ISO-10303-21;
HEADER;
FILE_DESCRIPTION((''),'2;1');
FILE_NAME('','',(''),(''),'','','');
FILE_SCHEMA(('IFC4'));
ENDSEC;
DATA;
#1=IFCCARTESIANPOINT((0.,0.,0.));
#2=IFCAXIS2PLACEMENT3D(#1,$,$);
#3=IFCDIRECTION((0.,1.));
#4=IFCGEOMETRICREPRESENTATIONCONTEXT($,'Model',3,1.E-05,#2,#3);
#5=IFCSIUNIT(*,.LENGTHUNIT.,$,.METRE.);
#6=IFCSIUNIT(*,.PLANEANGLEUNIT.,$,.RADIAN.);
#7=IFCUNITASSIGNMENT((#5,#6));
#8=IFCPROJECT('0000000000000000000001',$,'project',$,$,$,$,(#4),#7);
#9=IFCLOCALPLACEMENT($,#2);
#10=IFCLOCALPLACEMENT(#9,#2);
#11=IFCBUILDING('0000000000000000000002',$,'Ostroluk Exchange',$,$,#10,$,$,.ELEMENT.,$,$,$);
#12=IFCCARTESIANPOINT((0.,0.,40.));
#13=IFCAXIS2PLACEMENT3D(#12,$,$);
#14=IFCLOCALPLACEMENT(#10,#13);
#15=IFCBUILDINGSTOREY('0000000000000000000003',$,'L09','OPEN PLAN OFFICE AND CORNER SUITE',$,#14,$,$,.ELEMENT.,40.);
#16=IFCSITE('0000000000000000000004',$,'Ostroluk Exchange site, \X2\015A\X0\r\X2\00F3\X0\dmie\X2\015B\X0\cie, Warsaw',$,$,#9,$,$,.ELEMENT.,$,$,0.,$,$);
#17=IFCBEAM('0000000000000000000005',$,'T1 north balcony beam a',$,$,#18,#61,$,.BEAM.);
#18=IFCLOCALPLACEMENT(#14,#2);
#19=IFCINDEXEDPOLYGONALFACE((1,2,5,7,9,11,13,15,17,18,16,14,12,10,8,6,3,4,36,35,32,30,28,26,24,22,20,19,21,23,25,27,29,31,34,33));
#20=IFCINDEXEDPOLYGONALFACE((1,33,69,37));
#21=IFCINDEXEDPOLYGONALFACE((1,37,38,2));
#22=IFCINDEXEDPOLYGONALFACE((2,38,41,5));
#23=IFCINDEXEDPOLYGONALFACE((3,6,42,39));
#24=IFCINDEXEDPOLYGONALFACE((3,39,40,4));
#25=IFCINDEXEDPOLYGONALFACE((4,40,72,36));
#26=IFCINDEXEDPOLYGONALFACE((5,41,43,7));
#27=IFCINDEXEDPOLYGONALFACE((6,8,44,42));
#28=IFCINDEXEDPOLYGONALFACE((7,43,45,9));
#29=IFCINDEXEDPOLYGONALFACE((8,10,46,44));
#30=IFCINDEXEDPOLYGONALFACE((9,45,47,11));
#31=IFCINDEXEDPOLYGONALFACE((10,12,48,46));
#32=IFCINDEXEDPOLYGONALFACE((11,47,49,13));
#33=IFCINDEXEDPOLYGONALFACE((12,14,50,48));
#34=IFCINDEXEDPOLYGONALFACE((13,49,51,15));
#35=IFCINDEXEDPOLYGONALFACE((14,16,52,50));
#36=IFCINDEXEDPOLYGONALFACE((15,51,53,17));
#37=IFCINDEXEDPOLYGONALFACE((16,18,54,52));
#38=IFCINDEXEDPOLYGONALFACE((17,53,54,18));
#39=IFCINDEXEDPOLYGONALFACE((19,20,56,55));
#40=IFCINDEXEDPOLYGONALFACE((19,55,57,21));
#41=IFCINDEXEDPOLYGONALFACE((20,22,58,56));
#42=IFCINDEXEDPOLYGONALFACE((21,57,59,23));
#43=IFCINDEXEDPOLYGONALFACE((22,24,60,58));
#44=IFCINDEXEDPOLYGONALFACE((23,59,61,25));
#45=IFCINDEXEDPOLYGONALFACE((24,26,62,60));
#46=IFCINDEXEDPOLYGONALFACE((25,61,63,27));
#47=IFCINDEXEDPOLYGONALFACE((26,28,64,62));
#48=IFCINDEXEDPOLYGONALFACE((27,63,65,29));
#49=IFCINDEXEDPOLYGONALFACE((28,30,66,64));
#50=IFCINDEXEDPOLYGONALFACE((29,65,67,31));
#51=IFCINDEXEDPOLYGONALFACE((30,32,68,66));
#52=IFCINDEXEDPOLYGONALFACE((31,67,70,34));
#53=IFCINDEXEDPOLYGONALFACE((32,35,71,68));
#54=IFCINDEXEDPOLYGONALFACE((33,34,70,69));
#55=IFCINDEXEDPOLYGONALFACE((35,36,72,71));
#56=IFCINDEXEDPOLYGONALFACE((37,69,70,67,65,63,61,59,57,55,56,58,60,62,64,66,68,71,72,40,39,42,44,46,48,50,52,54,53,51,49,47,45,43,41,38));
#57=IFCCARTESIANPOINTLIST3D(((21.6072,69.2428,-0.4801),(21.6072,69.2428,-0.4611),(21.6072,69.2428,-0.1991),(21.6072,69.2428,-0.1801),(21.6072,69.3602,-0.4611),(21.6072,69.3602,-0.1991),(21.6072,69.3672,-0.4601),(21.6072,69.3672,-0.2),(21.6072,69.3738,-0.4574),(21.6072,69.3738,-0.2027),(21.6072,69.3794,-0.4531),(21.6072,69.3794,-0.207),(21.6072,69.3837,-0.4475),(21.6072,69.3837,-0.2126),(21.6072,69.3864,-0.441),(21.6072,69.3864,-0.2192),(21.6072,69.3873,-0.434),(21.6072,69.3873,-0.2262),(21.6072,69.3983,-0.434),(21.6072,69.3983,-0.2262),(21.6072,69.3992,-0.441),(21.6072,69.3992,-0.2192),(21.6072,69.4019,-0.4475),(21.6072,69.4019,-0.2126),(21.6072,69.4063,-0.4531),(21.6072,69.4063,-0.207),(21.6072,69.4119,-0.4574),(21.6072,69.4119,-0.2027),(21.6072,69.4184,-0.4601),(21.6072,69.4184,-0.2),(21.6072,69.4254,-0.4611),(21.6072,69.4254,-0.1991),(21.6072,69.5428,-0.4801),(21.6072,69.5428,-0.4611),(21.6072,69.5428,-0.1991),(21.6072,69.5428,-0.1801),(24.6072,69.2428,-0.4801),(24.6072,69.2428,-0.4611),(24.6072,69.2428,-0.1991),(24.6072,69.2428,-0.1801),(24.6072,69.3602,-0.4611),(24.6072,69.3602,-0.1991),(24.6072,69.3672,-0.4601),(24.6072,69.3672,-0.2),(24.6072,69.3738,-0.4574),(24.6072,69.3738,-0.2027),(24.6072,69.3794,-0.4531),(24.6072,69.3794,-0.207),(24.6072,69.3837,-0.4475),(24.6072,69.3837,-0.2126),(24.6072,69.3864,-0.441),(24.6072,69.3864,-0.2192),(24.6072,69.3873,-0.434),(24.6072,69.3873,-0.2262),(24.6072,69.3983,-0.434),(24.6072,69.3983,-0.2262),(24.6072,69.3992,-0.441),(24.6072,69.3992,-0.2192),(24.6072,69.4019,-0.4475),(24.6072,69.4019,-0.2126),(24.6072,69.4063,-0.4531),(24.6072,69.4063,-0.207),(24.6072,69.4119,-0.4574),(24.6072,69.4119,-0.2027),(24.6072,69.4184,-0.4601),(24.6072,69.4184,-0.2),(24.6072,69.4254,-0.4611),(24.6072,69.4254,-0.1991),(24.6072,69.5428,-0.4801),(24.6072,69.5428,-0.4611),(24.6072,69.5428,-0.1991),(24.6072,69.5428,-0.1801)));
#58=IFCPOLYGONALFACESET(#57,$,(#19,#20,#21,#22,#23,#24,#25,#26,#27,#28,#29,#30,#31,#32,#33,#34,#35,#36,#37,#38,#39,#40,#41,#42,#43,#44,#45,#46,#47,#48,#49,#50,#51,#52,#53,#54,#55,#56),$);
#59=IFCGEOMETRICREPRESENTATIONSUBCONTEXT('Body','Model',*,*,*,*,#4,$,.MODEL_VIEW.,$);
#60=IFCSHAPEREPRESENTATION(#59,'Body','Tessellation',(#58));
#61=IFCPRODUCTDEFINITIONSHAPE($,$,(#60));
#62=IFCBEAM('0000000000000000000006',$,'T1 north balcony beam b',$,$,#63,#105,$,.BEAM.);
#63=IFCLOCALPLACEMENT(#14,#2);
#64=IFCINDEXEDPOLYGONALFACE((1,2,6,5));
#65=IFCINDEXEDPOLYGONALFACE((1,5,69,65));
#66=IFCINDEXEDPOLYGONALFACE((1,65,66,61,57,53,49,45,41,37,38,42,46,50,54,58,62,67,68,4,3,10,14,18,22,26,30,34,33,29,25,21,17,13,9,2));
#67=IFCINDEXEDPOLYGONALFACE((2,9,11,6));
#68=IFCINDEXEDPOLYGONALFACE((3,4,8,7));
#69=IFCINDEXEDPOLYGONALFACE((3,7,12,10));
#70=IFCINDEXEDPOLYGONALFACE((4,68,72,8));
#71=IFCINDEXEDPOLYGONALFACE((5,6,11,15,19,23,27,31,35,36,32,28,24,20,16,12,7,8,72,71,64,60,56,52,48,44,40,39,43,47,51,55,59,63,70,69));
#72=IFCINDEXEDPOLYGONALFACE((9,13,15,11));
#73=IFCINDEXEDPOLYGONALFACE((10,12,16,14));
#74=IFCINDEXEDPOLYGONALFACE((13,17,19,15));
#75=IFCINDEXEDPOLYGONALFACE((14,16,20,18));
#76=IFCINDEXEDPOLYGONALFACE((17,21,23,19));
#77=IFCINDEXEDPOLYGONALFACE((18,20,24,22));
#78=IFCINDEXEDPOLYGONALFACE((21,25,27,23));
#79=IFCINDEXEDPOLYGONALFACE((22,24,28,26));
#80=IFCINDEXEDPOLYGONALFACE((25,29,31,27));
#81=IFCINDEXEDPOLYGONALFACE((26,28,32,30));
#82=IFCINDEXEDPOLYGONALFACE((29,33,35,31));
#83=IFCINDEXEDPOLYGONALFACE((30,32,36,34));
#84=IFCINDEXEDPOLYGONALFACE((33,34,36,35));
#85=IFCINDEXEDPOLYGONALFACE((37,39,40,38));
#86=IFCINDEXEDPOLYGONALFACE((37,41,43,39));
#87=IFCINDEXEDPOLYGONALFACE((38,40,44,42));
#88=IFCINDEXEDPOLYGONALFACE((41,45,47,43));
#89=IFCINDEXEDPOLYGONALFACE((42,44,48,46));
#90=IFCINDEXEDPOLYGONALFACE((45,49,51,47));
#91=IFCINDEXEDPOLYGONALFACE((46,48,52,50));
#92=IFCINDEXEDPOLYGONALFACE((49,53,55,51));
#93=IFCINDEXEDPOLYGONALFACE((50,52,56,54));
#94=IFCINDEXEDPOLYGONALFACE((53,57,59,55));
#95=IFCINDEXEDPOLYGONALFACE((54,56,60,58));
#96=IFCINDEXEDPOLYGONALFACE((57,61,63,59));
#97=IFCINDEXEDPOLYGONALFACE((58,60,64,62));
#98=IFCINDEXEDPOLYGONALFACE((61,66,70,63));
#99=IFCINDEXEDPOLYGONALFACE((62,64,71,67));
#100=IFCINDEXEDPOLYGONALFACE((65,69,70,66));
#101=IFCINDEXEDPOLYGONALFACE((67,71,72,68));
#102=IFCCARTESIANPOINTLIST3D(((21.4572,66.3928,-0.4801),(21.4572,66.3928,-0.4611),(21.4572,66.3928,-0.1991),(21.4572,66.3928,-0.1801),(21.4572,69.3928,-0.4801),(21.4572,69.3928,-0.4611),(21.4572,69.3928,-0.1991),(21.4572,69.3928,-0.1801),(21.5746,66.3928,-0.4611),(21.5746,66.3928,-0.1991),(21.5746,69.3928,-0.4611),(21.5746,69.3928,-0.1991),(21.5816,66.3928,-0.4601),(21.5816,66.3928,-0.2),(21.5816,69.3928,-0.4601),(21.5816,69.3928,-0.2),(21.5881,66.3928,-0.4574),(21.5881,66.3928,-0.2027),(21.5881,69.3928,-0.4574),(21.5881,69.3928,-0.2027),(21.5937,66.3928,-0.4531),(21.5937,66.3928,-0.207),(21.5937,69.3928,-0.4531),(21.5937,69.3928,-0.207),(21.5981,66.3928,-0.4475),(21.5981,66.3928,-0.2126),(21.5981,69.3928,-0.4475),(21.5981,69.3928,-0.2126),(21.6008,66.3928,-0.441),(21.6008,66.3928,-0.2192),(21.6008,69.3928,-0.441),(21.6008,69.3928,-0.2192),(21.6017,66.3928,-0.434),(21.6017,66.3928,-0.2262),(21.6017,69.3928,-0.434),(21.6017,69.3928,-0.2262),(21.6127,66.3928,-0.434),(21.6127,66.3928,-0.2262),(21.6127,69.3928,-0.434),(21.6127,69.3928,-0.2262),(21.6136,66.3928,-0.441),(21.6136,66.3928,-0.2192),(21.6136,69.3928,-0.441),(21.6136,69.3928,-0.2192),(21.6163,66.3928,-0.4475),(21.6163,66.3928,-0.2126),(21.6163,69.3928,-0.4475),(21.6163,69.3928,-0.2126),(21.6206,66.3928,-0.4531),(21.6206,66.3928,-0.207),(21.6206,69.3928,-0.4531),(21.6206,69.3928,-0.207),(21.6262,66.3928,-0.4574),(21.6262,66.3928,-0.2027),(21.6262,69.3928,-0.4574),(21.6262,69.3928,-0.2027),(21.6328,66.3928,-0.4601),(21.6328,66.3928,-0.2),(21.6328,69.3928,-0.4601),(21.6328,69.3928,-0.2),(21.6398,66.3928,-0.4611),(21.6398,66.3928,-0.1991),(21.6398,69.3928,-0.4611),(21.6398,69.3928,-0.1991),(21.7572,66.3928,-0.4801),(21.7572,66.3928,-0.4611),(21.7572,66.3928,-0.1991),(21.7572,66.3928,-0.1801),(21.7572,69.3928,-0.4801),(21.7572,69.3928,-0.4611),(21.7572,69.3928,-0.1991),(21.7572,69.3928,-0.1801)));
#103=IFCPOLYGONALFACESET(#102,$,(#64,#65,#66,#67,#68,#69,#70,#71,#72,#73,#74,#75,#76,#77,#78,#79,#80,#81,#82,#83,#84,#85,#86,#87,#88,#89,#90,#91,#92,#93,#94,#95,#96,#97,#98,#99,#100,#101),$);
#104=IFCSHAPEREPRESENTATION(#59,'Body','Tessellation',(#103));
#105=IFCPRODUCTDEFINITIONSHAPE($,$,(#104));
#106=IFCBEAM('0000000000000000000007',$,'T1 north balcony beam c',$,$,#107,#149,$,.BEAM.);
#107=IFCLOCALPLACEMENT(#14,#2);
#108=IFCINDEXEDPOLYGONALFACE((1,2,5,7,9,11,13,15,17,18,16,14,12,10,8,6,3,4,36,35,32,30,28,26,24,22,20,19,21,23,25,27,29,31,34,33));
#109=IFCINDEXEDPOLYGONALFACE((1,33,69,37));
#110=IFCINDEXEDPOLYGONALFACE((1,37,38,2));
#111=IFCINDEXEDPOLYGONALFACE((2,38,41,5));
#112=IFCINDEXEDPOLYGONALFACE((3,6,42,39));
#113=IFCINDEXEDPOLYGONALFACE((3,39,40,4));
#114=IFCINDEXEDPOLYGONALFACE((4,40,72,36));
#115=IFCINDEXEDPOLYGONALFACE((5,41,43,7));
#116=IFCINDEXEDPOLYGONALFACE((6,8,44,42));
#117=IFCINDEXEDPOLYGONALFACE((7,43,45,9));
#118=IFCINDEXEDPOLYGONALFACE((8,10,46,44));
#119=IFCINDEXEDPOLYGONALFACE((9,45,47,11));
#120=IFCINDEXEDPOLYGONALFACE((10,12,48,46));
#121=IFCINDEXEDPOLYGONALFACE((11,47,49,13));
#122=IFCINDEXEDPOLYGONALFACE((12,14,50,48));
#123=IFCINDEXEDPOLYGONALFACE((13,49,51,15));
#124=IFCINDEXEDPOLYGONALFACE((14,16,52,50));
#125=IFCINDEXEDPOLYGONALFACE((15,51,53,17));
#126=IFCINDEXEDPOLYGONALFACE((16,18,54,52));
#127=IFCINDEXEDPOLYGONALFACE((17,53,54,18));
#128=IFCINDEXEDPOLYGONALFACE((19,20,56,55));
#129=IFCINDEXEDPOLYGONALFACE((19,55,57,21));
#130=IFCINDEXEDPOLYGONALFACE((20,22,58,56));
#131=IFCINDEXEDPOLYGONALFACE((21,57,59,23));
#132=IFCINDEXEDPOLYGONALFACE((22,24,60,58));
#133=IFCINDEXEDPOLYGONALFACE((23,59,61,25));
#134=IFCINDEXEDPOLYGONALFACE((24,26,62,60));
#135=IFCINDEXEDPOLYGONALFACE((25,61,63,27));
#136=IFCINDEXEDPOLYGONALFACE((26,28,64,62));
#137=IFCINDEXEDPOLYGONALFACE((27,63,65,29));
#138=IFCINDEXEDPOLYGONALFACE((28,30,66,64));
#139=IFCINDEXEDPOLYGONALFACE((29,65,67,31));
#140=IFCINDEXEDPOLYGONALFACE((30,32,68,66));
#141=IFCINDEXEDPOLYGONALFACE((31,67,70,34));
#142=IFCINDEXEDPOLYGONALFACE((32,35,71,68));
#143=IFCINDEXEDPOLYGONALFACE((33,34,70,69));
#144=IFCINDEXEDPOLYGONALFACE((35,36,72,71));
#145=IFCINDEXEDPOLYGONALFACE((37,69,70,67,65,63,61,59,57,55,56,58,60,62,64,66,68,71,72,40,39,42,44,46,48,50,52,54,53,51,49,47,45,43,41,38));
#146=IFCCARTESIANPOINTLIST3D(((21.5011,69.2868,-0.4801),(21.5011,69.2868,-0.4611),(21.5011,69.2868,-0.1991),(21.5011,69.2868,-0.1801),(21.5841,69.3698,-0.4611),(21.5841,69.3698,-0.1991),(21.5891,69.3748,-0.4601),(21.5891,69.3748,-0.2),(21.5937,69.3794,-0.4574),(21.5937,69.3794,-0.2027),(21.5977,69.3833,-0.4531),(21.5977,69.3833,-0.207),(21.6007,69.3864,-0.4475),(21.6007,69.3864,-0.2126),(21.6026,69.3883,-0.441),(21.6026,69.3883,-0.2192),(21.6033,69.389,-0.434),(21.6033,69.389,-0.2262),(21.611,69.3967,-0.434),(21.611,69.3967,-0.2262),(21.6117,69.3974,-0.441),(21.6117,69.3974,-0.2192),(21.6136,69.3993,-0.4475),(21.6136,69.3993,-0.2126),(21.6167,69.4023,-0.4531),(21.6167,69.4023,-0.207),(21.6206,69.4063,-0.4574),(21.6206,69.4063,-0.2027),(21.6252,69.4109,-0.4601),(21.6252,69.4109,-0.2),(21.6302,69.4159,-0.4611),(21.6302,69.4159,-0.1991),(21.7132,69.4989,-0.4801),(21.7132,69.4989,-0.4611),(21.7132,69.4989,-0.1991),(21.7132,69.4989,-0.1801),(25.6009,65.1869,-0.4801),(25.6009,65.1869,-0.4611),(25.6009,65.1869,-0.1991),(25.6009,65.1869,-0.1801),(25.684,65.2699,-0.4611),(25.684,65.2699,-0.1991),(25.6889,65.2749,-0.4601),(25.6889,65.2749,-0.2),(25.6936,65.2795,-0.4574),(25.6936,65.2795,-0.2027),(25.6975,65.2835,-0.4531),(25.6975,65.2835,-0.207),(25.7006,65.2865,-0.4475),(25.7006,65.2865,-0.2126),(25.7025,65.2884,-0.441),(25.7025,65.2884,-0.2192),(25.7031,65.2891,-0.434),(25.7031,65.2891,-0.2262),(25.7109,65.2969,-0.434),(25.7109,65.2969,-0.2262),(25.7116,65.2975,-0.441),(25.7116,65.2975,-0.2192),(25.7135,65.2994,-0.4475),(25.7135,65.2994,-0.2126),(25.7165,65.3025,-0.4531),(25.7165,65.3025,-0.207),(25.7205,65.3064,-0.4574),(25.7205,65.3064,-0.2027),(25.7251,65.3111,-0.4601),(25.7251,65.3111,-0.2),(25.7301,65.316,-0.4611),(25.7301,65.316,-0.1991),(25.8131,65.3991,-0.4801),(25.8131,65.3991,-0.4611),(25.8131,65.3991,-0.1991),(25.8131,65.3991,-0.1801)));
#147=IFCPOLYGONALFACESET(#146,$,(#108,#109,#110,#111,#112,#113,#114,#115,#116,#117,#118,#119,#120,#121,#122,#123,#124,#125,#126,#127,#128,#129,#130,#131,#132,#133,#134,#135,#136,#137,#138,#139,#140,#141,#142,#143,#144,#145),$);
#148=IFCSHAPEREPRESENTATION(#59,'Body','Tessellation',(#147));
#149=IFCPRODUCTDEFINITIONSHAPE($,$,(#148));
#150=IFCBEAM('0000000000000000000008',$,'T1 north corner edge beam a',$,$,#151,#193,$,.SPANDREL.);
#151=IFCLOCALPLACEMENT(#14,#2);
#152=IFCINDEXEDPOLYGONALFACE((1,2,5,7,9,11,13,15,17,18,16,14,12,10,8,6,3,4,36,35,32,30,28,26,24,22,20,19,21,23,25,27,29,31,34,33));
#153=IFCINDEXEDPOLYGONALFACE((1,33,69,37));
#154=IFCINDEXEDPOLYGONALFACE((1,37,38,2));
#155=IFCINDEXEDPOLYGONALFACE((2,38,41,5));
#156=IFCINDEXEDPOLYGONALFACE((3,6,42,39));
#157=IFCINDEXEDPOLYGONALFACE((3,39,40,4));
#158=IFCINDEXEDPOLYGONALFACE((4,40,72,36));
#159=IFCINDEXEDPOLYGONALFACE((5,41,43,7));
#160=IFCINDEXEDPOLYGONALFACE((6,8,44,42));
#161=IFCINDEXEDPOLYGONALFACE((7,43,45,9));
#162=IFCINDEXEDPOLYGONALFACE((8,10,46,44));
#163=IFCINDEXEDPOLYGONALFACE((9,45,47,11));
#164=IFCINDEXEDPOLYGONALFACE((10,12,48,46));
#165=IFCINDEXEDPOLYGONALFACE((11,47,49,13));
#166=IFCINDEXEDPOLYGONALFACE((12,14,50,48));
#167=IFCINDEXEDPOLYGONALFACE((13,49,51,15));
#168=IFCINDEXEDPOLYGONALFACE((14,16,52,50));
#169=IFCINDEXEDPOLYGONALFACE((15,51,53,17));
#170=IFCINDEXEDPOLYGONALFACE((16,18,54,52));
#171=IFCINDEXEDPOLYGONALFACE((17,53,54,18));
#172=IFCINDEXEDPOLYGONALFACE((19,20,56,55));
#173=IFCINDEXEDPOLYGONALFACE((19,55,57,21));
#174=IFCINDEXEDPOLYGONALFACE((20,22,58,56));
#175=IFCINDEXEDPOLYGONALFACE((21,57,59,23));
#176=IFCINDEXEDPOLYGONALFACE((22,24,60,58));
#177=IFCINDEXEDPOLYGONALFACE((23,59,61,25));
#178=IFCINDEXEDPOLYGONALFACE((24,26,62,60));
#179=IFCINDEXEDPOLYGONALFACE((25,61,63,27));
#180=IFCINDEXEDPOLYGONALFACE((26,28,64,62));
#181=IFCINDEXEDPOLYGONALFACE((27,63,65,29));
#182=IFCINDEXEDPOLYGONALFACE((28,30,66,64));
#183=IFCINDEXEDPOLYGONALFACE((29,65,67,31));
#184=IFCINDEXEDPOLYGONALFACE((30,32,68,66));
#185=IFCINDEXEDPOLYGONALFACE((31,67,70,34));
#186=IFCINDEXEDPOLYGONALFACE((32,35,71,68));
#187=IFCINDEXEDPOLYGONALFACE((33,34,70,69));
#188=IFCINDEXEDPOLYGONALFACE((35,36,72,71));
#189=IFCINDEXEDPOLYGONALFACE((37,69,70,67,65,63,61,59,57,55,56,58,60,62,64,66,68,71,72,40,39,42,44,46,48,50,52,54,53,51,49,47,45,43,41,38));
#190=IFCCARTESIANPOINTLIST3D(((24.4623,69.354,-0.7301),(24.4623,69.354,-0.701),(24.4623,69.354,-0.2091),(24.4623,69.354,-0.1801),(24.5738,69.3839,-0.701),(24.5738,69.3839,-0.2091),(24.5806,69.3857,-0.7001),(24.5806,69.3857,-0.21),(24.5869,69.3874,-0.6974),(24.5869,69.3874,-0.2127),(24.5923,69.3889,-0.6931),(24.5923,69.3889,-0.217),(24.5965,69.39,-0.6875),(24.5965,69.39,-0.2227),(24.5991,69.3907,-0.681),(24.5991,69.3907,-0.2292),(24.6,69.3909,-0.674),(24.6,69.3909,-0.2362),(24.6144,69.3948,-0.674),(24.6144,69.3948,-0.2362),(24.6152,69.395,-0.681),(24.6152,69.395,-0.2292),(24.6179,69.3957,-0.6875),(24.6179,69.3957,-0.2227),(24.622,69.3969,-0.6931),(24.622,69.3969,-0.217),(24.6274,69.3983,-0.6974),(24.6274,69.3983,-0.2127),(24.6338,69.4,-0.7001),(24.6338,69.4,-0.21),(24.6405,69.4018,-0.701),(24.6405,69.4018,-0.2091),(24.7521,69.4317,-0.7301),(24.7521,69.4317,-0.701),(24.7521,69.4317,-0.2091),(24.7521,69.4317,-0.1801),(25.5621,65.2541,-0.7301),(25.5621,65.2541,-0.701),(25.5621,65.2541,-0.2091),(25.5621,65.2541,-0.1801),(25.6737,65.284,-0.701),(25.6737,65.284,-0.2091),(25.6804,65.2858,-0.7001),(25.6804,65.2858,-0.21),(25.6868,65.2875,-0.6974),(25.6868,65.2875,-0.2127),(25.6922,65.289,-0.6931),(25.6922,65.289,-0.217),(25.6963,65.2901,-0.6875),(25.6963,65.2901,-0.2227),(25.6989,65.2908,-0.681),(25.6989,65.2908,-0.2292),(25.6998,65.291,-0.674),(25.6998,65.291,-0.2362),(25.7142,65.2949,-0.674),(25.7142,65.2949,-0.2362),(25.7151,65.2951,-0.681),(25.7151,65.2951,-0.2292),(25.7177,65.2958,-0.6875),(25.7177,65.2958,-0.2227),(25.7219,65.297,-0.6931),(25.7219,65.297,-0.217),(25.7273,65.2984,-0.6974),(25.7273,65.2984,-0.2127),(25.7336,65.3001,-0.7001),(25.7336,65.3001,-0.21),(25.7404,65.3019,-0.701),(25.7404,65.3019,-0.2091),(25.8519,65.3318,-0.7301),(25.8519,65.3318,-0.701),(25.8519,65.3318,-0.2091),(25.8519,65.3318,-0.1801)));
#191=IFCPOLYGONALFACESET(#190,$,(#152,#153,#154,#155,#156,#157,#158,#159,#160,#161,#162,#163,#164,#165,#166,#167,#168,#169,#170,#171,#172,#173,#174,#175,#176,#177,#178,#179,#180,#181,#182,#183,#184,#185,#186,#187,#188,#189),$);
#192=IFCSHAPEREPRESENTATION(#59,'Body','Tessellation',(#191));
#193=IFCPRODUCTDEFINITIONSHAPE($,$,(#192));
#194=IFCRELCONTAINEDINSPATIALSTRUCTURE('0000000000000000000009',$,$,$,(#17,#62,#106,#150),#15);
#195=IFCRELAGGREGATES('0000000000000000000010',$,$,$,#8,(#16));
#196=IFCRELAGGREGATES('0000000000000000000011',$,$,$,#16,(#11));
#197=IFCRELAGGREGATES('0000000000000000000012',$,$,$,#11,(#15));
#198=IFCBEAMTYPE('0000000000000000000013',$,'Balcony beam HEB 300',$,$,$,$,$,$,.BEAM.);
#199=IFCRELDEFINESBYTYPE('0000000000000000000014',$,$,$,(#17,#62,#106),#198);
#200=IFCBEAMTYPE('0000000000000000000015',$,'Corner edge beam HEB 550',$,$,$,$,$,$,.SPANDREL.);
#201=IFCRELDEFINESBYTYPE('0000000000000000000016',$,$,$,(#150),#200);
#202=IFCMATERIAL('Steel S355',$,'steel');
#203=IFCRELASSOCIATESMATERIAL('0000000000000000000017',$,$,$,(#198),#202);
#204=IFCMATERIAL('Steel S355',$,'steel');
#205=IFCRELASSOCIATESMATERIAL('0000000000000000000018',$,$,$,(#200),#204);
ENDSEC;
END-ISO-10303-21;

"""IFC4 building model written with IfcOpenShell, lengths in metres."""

from ifc_helpers import new_model, si_unit, direction, frame, origin, origin_2d, place, context, subcontext, project, spatial, i_section, extrude, material, material_profile, profile_set, type_object, element, save


model = new_model("IFC4")

# Units and contexts
model_context = context("Model", 3, precision=1e-05, world=origin(), true_north=direction((0.0, 1.0)))
body_context = subcontext(model_context, "Body", "Model", "MODEL_VIEW")
ifc_project = project(units=[si_unit("LENGTHUNIT", "METRE"), si_unit("PLANEANGLEUNIT", "RADIAN")], contexts=[model_context])

# Site, building, storey
site_placement = place(None, origin())
site = spatial("IfcSite", under=ifc_project, at=site_placement, Name="Ostroluk Exchange site, Śródmieście, Warsaw", CompositionType="ELEMENT", RefElevation=0.0)
building_placement = place(site_placement, origin())
building = spatial("IfcBuilding", under=site, at=building_placement, Name="Ostroluk Exchange", CompositionType="ELEMENT")
storey_placement = place(building_placement, frame((0.0, 0.0, 40.0)))
storey = spatial("IfcBuildingStorey", under=building, at=storey_placement, Name="L09", Description="OPEN PLAN OFFICE AND CORNER SUITE", CompositionType="ELEMENT", Elevation=40.0)

# Beams
ifc_material_1 = material(Name="Steel S355", Category="steel")
ifc_material_profile_1 = material_profile(ifc_material_1, i_section(OverallWidth=0.3, OverallDepth=0.3, WebThickness=0.011, FlangeThickness=0.019, FilletRadius=0.0271, at=origin_2d()), Name="HEB 300")
ifc_profile_set_1 = profile_set([ifc_material_profile_1], Name="Steel S355")
beam_type_1 = type_object("IfcBeamType", Name="Balcony beam HEB 300", PredefinedType="BEAM", material=ifc_profile_set_1)
for number, where, z_axis, x_axis, name in (
    (1, (24.6072, 69.3928, -0.3301), (-1.0, 0.0, 0.0), (0.0, -1.0, 0.0), "T1 north balcony beam a"),
    (2, (21.6072, 66.3928, -0.3301), (0.0, 1.0, 0.0), (-1.0, 0.0, 0.0), "T1 north balcony beam b"),
):
    element("IfcBeam", number, at=place(storey_placement, frame(where, z_axis=z_axis, x_axis=x_axis)), inside=storey, type_object=beam_type_1, Name=name, PredefinedType="BEAM", context=body_context, shape_type="SweptSolid", body=[
        extrude(i_section(OverallWidth=0.3, OverallDepth=0.3, WebThickness=0.011, FlangeThickness=0.019, FilletRadius=0.0271, at=origin_2d()), origin(), (0.0, 0.0, 1.0), 3.0),
    ])
beam_1_placement = place(storey_placement, frame((25.707, 65.293, -0.3301), z_axis=(-0.707107, 0.707107, 0.0), x_axis=(-0.707107, -0.707107, 0.0)))
element("IfcBeam", 3, at=beam_1_placement, inside=storey, type_object=beam_type_1, Name="T1 north balcony beam c", PredefinedType="BEAM", context=body_context, shape_type="SweptSolid", body=[
    extrude(i_section(OverallWidth=0.3, OverallDepth=0.3, WebThickness=0.011, FlangeThickness=0.019, FilletRadius=0.0271, at=origin_2d()), origin(), (0.0, 0.0, 1.0), 5.7981),
])
ifc_material_2 = material(Name="Steel S355", Category="steel")
ifc_material_profile_2 = material_profile(ifc_material_2, i_section(OverallWidth=0.3, OverallDepth=0.55, WebThickness=0.0149, FlangeThickness=0.0291, FilletRadius=0.0271, at=origin_2d()), Name="HEB 550")
ifc_profile_set_2 = profile_set([ifc_material_profile_2], Name="Steel S355")
beam_type_2 = type_object("IfcBeamType", Name="Corner edge beam HEB 550", PredefinedType="SPANDREL", material=ifc_profile_set_2)
for number, where, z_axis, x_axis, name in (
    (4, (25.707, 65.293, -0.4551), (-0.259105, 0.965849, 0.0), (-0.965849, -0.259105, 0.0), "T1 north corner edge beam a"),
):
    element("IfcBeam", number, at=place(storey_placement, frame(where, z_axis=z_axis, x_axis=x_axis)), inside=storey, type_object=beam_type_2, Name=name, PredefinedType="SPANDREL", context=body_context, shape_type="SweptSolid", body=[
        extrude(i_section(OverallWidth=0.3, OverallDepth=0.55, WebThickness=0.0149, FlangeThickness=0.0291, FilletRadius=0.0271, at=origin_2d()), origin(), (0.0, 0.0, 1.0), 4.2449),
    ])

save(model, "model.ifc")
